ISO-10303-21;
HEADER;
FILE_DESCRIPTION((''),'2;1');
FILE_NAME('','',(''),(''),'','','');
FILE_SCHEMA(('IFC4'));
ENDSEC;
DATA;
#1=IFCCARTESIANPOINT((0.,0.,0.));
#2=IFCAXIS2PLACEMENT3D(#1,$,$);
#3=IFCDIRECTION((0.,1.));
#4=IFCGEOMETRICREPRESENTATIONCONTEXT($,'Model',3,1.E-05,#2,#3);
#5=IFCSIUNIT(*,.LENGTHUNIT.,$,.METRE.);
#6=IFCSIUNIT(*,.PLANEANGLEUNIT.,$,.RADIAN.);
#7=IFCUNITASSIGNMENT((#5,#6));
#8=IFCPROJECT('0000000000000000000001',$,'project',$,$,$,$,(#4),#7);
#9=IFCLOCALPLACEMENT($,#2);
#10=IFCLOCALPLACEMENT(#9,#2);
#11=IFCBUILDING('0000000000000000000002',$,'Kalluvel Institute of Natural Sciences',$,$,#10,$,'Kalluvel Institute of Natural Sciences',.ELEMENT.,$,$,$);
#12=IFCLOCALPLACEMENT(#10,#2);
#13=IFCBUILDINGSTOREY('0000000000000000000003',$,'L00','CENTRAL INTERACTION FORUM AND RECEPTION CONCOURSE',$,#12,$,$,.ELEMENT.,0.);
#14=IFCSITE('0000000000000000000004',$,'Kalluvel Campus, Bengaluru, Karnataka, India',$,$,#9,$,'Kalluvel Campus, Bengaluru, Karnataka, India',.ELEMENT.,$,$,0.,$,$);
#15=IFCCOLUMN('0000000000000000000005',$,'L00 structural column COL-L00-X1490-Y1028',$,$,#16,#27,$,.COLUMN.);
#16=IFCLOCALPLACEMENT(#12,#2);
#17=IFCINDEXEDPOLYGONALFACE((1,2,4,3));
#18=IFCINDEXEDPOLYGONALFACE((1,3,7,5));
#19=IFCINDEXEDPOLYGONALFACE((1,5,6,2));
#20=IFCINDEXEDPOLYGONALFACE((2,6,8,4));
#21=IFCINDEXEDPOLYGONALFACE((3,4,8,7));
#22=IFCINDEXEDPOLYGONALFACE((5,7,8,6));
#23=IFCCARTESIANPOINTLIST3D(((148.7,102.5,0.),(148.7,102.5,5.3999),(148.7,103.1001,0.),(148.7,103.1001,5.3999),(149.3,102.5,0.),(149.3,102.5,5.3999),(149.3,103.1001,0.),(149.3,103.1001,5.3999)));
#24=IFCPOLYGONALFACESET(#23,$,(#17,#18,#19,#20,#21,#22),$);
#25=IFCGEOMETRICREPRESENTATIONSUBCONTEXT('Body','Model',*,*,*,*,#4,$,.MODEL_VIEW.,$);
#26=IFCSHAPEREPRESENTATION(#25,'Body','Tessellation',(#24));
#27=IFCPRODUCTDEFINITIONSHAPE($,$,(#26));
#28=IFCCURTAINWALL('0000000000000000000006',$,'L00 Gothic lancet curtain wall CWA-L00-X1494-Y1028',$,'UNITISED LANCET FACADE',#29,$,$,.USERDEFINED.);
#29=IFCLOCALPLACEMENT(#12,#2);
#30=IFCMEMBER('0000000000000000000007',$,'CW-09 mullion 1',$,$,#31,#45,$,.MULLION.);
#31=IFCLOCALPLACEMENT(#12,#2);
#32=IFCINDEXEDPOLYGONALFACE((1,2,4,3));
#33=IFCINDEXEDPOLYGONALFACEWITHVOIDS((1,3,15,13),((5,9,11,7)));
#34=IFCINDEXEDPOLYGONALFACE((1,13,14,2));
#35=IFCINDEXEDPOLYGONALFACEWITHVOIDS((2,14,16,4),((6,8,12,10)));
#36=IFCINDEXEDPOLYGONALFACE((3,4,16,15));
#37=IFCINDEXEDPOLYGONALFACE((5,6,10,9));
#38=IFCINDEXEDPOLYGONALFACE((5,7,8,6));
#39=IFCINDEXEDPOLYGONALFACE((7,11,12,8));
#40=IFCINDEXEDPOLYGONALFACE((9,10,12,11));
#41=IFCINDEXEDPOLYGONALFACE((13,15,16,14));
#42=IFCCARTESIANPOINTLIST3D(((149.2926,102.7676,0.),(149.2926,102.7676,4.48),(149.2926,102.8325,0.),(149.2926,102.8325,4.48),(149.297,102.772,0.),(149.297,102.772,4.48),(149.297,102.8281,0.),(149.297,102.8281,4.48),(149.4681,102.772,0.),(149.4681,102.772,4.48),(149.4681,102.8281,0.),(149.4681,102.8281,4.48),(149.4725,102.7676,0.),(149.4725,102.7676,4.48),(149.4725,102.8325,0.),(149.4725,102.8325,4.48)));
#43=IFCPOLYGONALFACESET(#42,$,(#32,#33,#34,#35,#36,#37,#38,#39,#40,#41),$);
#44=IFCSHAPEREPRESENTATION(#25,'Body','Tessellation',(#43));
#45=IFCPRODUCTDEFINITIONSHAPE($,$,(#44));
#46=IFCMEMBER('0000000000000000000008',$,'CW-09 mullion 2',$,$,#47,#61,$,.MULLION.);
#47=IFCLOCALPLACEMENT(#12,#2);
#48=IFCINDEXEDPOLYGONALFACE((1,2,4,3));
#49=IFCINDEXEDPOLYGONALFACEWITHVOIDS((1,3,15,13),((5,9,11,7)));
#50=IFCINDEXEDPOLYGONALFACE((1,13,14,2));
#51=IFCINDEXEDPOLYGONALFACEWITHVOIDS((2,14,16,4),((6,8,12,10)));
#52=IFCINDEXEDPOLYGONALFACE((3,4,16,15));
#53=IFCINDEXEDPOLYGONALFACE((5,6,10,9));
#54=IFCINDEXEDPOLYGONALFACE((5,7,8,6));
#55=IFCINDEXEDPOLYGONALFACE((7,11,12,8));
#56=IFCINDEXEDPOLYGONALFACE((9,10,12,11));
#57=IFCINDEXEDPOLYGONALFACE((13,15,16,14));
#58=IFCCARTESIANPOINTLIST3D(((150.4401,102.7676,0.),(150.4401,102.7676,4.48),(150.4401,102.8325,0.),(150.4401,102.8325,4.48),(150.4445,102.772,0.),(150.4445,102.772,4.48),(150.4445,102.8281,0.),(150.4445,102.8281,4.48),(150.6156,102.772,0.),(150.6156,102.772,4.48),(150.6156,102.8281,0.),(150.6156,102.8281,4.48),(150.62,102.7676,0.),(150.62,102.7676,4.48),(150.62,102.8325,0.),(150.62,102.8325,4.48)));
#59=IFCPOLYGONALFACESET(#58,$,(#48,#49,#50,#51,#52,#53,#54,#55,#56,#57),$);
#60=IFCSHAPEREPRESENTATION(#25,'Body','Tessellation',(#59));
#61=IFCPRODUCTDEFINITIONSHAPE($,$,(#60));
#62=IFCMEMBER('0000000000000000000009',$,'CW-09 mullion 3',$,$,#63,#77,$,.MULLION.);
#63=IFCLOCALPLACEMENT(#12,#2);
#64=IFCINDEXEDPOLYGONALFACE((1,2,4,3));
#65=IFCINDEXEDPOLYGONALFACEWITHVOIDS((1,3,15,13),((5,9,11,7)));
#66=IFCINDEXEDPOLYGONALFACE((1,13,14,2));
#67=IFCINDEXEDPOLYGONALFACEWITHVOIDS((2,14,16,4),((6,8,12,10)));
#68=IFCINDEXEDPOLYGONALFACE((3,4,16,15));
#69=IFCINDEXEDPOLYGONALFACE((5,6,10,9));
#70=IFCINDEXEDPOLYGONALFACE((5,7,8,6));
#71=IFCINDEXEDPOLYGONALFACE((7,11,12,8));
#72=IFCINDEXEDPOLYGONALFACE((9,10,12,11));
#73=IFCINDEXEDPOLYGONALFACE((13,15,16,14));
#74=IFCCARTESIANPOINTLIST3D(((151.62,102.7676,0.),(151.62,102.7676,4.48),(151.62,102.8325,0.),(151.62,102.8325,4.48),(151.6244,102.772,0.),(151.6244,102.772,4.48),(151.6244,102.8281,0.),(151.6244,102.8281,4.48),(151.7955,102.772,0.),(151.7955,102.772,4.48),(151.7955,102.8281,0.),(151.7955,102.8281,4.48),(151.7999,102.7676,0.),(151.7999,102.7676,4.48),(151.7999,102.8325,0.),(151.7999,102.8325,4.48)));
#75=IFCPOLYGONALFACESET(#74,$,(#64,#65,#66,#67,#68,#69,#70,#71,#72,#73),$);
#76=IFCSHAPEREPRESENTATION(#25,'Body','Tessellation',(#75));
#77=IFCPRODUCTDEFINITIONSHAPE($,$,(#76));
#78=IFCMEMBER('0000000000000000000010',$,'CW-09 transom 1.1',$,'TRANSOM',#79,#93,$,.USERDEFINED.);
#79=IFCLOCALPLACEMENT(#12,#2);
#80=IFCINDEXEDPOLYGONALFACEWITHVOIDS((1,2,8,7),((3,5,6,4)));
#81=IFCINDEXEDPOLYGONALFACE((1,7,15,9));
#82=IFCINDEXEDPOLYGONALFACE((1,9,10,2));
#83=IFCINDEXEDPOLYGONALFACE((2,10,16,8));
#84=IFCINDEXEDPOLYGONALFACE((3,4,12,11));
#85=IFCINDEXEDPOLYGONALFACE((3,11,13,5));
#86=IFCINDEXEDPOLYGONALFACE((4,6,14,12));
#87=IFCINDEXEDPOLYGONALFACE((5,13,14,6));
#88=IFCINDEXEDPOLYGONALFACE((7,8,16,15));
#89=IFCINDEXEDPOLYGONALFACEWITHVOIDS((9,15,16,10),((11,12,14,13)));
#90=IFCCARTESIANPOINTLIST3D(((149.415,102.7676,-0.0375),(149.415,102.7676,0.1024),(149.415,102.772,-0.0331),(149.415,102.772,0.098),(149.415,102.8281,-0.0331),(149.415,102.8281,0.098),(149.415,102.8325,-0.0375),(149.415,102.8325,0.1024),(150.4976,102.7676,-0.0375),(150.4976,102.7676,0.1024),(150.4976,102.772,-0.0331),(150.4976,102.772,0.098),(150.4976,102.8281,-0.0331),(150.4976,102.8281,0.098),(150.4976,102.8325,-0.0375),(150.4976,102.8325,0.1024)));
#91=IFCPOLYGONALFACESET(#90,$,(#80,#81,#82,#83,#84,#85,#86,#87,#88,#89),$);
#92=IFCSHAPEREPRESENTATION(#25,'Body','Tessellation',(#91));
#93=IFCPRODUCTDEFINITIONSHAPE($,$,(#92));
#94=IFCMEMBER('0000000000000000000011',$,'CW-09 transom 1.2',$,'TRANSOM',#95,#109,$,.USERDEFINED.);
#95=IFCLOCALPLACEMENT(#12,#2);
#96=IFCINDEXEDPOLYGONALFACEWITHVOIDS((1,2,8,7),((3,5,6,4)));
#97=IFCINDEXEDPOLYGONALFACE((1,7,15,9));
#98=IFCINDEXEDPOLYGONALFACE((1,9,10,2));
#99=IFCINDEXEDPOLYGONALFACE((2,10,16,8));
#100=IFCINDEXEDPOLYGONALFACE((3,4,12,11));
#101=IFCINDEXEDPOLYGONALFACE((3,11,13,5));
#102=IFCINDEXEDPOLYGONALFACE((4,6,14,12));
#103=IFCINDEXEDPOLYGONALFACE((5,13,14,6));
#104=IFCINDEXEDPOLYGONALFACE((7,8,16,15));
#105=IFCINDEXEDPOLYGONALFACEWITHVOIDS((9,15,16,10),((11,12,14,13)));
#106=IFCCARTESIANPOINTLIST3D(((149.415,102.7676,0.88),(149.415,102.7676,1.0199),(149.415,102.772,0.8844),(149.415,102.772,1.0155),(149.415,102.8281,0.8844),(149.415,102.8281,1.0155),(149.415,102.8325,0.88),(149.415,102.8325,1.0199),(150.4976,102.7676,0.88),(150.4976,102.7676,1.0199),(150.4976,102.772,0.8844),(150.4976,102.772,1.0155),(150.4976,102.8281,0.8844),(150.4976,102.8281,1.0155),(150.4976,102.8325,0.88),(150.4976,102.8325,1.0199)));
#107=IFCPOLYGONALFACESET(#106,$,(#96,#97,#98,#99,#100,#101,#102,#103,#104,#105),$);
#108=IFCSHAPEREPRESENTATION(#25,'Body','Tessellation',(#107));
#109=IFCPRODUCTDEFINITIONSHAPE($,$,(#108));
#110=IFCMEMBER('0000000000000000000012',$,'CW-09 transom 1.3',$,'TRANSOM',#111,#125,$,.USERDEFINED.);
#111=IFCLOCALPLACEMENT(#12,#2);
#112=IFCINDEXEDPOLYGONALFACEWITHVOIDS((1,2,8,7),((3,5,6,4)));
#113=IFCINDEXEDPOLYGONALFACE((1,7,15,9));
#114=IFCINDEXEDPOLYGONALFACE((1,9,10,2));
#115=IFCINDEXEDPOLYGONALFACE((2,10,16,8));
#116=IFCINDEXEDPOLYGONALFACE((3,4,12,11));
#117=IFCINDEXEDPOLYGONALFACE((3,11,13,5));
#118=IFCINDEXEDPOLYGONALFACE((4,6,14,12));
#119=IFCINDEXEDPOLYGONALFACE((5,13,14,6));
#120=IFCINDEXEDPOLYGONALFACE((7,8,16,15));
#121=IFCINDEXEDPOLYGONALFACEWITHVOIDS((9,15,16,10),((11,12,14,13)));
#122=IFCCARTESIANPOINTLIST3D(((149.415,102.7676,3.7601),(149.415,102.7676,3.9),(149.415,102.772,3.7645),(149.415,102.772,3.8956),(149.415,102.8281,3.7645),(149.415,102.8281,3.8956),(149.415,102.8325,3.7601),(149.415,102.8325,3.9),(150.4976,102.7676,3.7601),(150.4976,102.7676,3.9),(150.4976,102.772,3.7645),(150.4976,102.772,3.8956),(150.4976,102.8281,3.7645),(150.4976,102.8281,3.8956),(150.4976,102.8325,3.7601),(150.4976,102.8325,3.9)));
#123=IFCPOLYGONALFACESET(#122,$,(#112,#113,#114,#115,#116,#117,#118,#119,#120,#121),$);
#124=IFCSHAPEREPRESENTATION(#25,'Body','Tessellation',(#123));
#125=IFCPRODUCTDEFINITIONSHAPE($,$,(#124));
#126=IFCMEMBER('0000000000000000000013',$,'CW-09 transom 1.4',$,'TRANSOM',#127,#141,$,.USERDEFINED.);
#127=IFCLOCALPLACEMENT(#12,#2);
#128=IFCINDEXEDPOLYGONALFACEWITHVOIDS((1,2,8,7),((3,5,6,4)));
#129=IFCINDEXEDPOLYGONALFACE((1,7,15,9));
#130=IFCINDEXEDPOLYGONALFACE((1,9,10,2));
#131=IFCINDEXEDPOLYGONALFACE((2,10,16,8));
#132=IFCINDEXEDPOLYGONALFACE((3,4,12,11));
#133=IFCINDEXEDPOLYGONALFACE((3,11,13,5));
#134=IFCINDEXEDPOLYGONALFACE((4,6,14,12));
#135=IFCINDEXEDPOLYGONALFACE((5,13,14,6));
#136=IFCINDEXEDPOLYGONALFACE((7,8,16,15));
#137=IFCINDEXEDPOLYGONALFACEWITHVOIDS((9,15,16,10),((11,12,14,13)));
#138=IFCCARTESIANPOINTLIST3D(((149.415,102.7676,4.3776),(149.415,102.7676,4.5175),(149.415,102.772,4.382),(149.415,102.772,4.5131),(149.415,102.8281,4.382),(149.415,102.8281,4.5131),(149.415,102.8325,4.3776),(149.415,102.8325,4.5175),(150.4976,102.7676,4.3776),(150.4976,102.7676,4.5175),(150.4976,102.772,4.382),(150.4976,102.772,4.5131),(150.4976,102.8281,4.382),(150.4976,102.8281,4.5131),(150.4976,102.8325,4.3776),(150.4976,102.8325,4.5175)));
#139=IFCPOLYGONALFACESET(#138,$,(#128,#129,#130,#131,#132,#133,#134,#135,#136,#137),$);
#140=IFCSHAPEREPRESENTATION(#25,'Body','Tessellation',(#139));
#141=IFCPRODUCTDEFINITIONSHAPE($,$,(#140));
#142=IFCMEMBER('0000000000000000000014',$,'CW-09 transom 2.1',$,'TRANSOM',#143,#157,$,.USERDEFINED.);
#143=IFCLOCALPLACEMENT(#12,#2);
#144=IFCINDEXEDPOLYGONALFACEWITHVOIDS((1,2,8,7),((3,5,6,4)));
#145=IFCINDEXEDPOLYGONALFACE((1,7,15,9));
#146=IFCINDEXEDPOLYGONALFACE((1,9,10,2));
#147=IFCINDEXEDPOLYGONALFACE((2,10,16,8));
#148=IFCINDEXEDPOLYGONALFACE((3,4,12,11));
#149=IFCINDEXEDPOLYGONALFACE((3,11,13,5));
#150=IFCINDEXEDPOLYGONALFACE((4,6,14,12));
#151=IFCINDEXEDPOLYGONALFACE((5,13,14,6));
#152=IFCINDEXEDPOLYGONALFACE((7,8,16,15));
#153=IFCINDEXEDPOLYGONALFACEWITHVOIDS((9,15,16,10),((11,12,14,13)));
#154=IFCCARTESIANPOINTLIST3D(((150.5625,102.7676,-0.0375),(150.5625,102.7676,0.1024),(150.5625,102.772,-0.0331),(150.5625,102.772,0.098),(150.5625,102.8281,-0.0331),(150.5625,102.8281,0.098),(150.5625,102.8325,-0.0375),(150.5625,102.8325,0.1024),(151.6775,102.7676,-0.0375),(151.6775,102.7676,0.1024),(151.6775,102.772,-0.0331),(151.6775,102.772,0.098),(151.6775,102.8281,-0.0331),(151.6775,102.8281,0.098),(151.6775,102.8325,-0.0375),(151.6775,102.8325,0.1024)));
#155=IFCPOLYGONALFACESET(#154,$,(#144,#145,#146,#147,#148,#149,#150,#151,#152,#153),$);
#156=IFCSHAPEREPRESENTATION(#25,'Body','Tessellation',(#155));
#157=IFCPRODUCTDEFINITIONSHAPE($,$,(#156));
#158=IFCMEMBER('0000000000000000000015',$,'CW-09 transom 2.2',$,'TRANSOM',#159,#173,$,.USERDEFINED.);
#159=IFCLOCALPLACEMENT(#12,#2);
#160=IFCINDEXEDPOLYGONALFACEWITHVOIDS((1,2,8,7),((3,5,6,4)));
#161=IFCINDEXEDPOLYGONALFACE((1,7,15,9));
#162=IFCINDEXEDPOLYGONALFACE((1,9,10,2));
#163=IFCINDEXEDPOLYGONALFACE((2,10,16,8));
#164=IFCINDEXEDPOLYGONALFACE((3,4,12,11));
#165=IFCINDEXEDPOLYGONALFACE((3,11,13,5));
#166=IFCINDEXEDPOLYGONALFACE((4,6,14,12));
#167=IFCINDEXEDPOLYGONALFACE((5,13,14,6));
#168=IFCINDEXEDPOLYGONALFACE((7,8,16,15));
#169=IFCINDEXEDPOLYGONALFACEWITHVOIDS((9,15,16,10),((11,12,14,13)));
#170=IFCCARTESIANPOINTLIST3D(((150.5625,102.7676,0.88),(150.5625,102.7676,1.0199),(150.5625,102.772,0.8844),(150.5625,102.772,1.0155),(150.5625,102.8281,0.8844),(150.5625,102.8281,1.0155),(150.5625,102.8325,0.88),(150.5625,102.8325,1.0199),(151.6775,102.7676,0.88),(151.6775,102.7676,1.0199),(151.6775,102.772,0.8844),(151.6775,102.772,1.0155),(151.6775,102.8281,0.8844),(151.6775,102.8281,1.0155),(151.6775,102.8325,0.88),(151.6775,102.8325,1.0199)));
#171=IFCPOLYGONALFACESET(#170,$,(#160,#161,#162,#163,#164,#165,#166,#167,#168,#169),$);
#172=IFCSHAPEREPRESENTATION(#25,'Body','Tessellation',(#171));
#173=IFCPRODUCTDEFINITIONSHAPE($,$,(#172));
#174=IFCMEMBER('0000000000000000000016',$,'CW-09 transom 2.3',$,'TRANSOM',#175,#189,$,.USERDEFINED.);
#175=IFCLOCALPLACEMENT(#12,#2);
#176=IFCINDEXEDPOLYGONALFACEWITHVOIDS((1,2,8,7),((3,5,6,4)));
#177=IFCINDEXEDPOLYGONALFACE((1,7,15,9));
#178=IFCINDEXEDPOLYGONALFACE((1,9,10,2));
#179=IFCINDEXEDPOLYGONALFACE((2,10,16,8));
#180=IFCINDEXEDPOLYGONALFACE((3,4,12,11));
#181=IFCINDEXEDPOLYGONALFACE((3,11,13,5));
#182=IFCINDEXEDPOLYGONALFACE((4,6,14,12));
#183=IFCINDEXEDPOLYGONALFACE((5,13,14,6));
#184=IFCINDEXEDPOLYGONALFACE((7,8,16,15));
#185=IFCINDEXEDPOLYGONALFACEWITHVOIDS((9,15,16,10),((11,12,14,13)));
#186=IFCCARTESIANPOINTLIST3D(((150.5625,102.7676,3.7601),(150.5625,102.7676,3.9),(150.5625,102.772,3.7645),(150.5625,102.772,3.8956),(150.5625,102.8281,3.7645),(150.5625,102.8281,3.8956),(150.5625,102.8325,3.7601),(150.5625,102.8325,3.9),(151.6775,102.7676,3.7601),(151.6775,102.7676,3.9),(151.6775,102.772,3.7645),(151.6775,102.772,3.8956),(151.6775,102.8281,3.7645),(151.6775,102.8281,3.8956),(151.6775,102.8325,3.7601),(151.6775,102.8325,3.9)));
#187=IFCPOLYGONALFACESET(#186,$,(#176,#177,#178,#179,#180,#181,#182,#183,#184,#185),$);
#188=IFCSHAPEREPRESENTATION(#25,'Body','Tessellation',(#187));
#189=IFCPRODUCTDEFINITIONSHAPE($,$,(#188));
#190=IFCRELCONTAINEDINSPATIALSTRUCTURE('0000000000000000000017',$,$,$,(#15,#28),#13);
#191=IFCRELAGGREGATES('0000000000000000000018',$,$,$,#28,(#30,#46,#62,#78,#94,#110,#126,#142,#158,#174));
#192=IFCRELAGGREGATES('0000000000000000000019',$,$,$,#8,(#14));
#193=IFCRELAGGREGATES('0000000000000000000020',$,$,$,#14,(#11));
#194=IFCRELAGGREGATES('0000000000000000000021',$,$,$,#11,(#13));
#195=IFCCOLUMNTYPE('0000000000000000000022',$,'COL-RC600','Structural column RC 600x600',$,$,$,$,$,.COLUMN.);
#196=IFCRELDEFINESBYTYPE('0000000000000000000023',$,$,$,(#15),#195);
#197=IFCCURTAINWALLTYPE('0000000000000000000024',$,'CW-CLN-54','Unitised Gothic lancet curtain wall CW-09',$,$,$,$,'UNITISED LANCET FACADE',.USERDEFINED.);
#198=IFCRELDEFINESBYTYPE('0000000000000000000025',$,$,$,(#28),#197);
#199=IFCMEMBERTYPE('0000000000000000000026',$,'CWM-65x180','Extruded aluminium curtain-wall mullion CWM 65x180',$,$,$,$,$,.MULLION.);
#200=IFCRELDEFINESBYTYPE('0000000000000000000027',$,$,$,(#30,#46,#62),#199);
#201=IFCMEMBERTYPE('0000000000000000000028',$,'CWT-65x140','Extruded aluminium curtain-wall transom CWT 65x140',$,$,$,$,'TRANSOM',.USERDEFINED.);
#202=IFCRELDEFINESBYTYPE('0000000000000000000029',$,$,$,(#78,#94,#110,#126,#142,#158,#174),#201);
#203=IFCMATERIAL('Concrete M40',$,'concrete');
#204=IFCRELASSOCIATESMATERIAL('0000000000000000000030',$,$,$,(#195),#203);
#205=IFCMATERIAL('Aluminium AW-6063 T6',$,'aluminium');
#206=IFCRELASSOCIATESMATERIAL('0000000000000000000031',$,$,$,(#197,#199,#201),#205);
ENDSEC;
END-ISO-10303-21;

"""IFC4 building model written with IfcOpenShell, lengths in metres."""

from ifc_helpers import new_model, si_unit, direction, frame, origin, origin_2d, place, context, subcontext, project, spatial, rectangle, hollow_rectangle, extrude, material, material_profile, profile_set, type_object, element, aggregate, save


model = new_model("IFC4")

# Units and contexts
model_context = context("Model", 3, precision=1e-05, world=origin(), true_north=direction((0.0, 1.0)))
body_context = subcontext(model_context, "Body", "Model", "MODEL_VIEW")
ifc_project = project(units=[si_unit("LENGTHUNIT", "METRE"), si_unit("PLANEANGLEUNIT", "RADIAN")], contexts=[model_context])

# Site, building, storey
site_placement = place(None, origin())
site = spatial("IfcSite", under=ifc_project, at=site_placement, Name="Kalluvel Campus, Bengaluru, Karnataka, India", LongName="Kalluvel Campus, Bengaluru, Karnataka, India", CompositionType="ELEMENT", RefElevation=0.0)
building_placement = place(site_placement, origin())
building = spatial("IfcBuilding", under=site, at=building_placement, Name="Kalluvel Institute of Natural Sciences", LongName="Kalluvel Institute of Natural Sciences", CompositionType="ELEMENT")
storey_placement = place(building_placement, origin())
storey = spatial("IfcBuildingStorey", under=building, at=storey_placement, Name="L00", Description="CENTRAL INTERACTION FORUM AND RECEPTION CONCOURSE", CompositionType="ELEMENT", Elevation=0.0)

# Column
ifc_material_1 = material(Name="Concrete M40", Category="concrete")
ifc_material_profile_1 = material_profile(ifc_material_1, rectangle(XDim=0.6001, YDim=0.6001, at=origin_2d()), Name="RC 600x600")
ifc_profile_set_1 = profile_set([ifc_material_profile_1], Name="Concrete M40")
column_type = type_object("IfcColumnType", Name="COL-RC600", Description="Structural column RC 600x600", PredefinedType="COLUMN", material=ifc_profile_set_1)
column_placement = place(storey_placement, frame((149.0, 102.8, 0.0), z_axis=(0.0, 0.0, 1.0), x_axis=(1.0, 0.0, 0.0)))
element("IfcColumn", 1, at=column_placement, inside=storey, type_object=column_type, Name="L00 structural column COL-L00-X1490-Y1028", PredefinedType="COLUMN", context=body_context, shape_type="SweptSolid", body=[
    extrude(rectangle(XDim=0.6001, YDim=0.6001, at=origin_2d()), origin(), (0.0, 0.0, 1.0), 5.3999),
])

# Curtain wall, members
ifc_material_2 = material(Name="Aluminium AW-6063 T6", Category="aluminium")
curtain_wall_type = type_object("IfcCurtainWallType", Name="CW-CLN-54", Description="Unitised Gothic lancet curtain wall CW-09", ElementType="UNITISED LANCET FACADE", PredefinedType="USERDEFINED", material=ifc_material_2)
curtain_wall_placement = place(storey_placement, origin())
curtain_wall = element("IfcCurtainWall", 2, at=curtain_wall_placement, inside=storey, type_object=curtain_wall_type, Name="L00 Gothic lancet curtain wall CWA-L00-X1494-Y1028", ObjectType="UNITISED LANCET FACADE", PredefinedType="USERDEFINED")
ifc_material_profile_2 = material_profile(ifc_material_2, hollow_rectangle(XDim=0.0649, YDim=0.1799, WallThickness=0.0044, at=origin_2d()), Name="CWM 65x180")
ifc_profile_set_2 = profile_set([ifc_material_profile_2], Name="Aluminium AW-6063 T6")
member_type_1 = type_object("IfcMemberType", Name="CWM-65x180", Description="Extruded aluminium curtain-wall mullion CWM 65x180", PredefinedType="MULLION", material=ifc_profile_set_2)
member_1_placement = place(storey_placement, frame((149.3826, 102.8, 0.0), z_axis=(0.0, 0.0, 1.0), x_axis=(0.0, 1.0, 0.0)))
member_1 = element("IfcMember", 3, at=member_1_placement, type_object=member_type_1, Name="CW-09 mullion 1", PredefinedType="MULLION", context=body_context, shape_type="SweptSolid", body=[
    extrude(hollow_rectangle(XDim=0.0649, YDim=0.1799, WallThickness=0.0044, at=origin_2d()), origin(), (0.0, 0.0, 1.0), 4.48),
])
member_2_placement = place(storey_placement, frame((150.53, 102.8, 0.0), z_axis=(0.0, 0.0, 1.0), x_axis=(0.0, 1.0, 0.0)))
member_2 = element("IfcMember", 4, at=member_2_placement, type_object=member_type_1, Name="CW-09 mullion 2", PredefinedType="MULLION", context=body_context, shape_type="SweptSolid", body=[
    extrude(hollow_rectangle(XDim=0.0649, YDim=0.1799, WallThickness=0.0044, at=origin_2d()), origin(), (0.0, 0.0, 1.0), 4.48),
])
member_3_placement = place(storey_placement, frame((151.71, 102.8, 0.0), z_axis=(0.0, 0.0, 1.0), x_axis=(0.0, 1.0, 0.0)))
member_3 = element("IfcMember", 5, at=member_3_placement, type_object=member_type_1, Name="CW-09 mullion 3", PredefinedType="MULLION", context=body_context, shape_type="SweptSolid", body=[
    extrude(hollow_rectangle(XDim=0.0649, YDim=0.1799, WallThickness=0.0044, at=origin_2d()), origin(), (0.0, 0.0, 1.0), 4.48),
])
ifc_material_profile_3 = material_profile(ifc_material_2, hollow_rectangle(XDim=0.0649, YDim=0.1399, WallThickness=0.0044, at=origin_2d()), Name="CWT 65x140")
ifc_profile_set_3 = profile_set([ifc_material_profile_3], Name="Aluminium AW-6063 T6")
member_type_2 = type_object("IfcMemberType", Name="CWT-65x140", Description="Extruded aluminium curtain-wall transom CWT 65x140", ElementType="TRANSOM", PredefinedType="USERDEFINED", material=ifc_profile_set_3)
member_4_placement = place(storey_placement, frame((149.415, 102.8, 0.0325), z_axis=(1.0, 0.0, 0.0), x_axis=(0.0, 1.0, 0.0)))
member_4 = element("IfcMember", 6, at=member_4_placement, type_object=member_type_2, Name="CW-09 transom 1.1", ObjectType="TRANSOM", PredefinedType="USERDEFINED", context=body_context, shape_type="SweptSolid", body=[
    extrude(hollow_rectangle(XDim=0.0649, YDim=0.1399, WallThickness=0.0044, at=origin_2d()), origin(), (0.0, 0.0, 1.0), 1.0825),
])
member_5_placement = place(storey_placement, frame((149.415, 102.8, 0.95), z_axis=(1.0, 0.0, 0.0), x_axis=(0.0, 1.0, 0.0)))
member_5 = element("IfcMember", 7, at=member_5_placement, type_object=member_type_2, Name="CW-09 transom 1.2", ObjectType="TRANSOM", PredefinedType="USERDEFINED", context=body_context, shape_type="SweptSolid", body=[
    extrude(hollow_rectangle(XDim=0.0649, YDim=0.1399, WallThickness=0.0044, at=origin_2d()), origin(), (0.0, 0.0, 1.0), 1.0825),
])
member_6_placement = place(storey_placement, frame((149.415, 102.8, 3.8301), z_axis=(1.0, 0.0, 0.0), x_axis=(0.0, 1.0, 0.0)))
member_6 = element("IfcMember", 8, at=member_6_placement, type_object=member_type_2, Name="CW-09 transom 1.3", ObjectType="TRANSOM", PredefinedType="USERDEFINED", context=body_context, shape_type="SweptSolid", body=[
    extrude(hollow_rectangle(XDim=0.0649, YDim=0.1399, WallThickness=0.0044, at=origin_2d()), origin(), (0.0, 0.0, 1.0), 1.0825),
])
member_7_placement = place(storey_placement, frame((149.415, 102.8, 4.4475), z_axis=(1.0, 0.0, 0.0), x_axis=(0.0, 1.0, 0.0)))
member_7 = element("IfcMember", 9, at=member_7_placement, type_object=member_type_2, Name="CW-09 transom 1.4", ObjectType="TRANSOM", PredefinedType="USERDEFINED", context=body_context, shape_type="SweptSolid", body=[
    extrude(hollow_rectangle(XDim=0.0649, YDim=0.1399, WallThickness=0.0044, at=origin_2d()), origin(), (0.0, 0.0, 1.0), 1.0825),
])
member_8_placement = place(storey_placement, frame((150.5625, 102.8, 0.0325), z_axis=(1.0, 0.0, 0.0), x_axis=(0.0, 1.0, 0.0)))
member_8 = element("IfcMember", 10, at=member_8_placement, type_object=member_type_2, Name="CW-09 transom 2.1", ObjectType="TRANSOM", PredefinedType="USERDEFINED", context=body_context, shape_type="SweptSolid", body=[
    extrude(hollow_rectangle(XDim=0.0649, YDim=0.1399, WallThickness=0.0044, at=origin_2d()), origin(), (0.0, 0.0, 1.0), 1.115),
])
member_9_placement = place(storey_placement, frame((150.5625, 102.8, 0.95), z_axis=(1.0, 0.0, 0.0), x_axis=(0.0, 1.0, 0.0)))
member_9 = element("IfcMember", 11, at=member_9_placement, type_object=member_type_2, Name="CW-09 transom 2.2", ObjectType="TRANSOM", PredefinedType="USERDEFINED", context=body_context, shape_type="SweptSolid", body=[
    extrude(hollow_rectangle(XDim=0.0649, YDim=0.1399, WallThickness=0.0044, at=origin_2d()), origin(), (0.0, 0.0, 1.0), 1.115),
])
member_10_placement = place(storey_placement, frame((150.5625, 102.8, 3.8301), z_axis=(1.0, 0.0, 0.0), x_axis=(0.0, 1.0, 0.0)))
member_10 = element("IfcMember", 12, at=member_10_placement, type_object=member_type_2, Name="CW-09 transom 2.3", ObjectType="TRANSOM", PredefinedType="USERDEFINED", context=body_context, shape_type="SweptSolid", body=[
    extrude(hollow_rectangle(XDim=0.0649, YDim=0.1399, WallThickness=0.0044, at=origin_2d()), origin(), (0.0, 0.0, 1.0), 1.115),
])

aggregate(curtain_wall, [member_1, member_2, member_3, member_4, member_5, member_6, member_7, member_8, member_9, member_10])

save(model, "model.ifc")
